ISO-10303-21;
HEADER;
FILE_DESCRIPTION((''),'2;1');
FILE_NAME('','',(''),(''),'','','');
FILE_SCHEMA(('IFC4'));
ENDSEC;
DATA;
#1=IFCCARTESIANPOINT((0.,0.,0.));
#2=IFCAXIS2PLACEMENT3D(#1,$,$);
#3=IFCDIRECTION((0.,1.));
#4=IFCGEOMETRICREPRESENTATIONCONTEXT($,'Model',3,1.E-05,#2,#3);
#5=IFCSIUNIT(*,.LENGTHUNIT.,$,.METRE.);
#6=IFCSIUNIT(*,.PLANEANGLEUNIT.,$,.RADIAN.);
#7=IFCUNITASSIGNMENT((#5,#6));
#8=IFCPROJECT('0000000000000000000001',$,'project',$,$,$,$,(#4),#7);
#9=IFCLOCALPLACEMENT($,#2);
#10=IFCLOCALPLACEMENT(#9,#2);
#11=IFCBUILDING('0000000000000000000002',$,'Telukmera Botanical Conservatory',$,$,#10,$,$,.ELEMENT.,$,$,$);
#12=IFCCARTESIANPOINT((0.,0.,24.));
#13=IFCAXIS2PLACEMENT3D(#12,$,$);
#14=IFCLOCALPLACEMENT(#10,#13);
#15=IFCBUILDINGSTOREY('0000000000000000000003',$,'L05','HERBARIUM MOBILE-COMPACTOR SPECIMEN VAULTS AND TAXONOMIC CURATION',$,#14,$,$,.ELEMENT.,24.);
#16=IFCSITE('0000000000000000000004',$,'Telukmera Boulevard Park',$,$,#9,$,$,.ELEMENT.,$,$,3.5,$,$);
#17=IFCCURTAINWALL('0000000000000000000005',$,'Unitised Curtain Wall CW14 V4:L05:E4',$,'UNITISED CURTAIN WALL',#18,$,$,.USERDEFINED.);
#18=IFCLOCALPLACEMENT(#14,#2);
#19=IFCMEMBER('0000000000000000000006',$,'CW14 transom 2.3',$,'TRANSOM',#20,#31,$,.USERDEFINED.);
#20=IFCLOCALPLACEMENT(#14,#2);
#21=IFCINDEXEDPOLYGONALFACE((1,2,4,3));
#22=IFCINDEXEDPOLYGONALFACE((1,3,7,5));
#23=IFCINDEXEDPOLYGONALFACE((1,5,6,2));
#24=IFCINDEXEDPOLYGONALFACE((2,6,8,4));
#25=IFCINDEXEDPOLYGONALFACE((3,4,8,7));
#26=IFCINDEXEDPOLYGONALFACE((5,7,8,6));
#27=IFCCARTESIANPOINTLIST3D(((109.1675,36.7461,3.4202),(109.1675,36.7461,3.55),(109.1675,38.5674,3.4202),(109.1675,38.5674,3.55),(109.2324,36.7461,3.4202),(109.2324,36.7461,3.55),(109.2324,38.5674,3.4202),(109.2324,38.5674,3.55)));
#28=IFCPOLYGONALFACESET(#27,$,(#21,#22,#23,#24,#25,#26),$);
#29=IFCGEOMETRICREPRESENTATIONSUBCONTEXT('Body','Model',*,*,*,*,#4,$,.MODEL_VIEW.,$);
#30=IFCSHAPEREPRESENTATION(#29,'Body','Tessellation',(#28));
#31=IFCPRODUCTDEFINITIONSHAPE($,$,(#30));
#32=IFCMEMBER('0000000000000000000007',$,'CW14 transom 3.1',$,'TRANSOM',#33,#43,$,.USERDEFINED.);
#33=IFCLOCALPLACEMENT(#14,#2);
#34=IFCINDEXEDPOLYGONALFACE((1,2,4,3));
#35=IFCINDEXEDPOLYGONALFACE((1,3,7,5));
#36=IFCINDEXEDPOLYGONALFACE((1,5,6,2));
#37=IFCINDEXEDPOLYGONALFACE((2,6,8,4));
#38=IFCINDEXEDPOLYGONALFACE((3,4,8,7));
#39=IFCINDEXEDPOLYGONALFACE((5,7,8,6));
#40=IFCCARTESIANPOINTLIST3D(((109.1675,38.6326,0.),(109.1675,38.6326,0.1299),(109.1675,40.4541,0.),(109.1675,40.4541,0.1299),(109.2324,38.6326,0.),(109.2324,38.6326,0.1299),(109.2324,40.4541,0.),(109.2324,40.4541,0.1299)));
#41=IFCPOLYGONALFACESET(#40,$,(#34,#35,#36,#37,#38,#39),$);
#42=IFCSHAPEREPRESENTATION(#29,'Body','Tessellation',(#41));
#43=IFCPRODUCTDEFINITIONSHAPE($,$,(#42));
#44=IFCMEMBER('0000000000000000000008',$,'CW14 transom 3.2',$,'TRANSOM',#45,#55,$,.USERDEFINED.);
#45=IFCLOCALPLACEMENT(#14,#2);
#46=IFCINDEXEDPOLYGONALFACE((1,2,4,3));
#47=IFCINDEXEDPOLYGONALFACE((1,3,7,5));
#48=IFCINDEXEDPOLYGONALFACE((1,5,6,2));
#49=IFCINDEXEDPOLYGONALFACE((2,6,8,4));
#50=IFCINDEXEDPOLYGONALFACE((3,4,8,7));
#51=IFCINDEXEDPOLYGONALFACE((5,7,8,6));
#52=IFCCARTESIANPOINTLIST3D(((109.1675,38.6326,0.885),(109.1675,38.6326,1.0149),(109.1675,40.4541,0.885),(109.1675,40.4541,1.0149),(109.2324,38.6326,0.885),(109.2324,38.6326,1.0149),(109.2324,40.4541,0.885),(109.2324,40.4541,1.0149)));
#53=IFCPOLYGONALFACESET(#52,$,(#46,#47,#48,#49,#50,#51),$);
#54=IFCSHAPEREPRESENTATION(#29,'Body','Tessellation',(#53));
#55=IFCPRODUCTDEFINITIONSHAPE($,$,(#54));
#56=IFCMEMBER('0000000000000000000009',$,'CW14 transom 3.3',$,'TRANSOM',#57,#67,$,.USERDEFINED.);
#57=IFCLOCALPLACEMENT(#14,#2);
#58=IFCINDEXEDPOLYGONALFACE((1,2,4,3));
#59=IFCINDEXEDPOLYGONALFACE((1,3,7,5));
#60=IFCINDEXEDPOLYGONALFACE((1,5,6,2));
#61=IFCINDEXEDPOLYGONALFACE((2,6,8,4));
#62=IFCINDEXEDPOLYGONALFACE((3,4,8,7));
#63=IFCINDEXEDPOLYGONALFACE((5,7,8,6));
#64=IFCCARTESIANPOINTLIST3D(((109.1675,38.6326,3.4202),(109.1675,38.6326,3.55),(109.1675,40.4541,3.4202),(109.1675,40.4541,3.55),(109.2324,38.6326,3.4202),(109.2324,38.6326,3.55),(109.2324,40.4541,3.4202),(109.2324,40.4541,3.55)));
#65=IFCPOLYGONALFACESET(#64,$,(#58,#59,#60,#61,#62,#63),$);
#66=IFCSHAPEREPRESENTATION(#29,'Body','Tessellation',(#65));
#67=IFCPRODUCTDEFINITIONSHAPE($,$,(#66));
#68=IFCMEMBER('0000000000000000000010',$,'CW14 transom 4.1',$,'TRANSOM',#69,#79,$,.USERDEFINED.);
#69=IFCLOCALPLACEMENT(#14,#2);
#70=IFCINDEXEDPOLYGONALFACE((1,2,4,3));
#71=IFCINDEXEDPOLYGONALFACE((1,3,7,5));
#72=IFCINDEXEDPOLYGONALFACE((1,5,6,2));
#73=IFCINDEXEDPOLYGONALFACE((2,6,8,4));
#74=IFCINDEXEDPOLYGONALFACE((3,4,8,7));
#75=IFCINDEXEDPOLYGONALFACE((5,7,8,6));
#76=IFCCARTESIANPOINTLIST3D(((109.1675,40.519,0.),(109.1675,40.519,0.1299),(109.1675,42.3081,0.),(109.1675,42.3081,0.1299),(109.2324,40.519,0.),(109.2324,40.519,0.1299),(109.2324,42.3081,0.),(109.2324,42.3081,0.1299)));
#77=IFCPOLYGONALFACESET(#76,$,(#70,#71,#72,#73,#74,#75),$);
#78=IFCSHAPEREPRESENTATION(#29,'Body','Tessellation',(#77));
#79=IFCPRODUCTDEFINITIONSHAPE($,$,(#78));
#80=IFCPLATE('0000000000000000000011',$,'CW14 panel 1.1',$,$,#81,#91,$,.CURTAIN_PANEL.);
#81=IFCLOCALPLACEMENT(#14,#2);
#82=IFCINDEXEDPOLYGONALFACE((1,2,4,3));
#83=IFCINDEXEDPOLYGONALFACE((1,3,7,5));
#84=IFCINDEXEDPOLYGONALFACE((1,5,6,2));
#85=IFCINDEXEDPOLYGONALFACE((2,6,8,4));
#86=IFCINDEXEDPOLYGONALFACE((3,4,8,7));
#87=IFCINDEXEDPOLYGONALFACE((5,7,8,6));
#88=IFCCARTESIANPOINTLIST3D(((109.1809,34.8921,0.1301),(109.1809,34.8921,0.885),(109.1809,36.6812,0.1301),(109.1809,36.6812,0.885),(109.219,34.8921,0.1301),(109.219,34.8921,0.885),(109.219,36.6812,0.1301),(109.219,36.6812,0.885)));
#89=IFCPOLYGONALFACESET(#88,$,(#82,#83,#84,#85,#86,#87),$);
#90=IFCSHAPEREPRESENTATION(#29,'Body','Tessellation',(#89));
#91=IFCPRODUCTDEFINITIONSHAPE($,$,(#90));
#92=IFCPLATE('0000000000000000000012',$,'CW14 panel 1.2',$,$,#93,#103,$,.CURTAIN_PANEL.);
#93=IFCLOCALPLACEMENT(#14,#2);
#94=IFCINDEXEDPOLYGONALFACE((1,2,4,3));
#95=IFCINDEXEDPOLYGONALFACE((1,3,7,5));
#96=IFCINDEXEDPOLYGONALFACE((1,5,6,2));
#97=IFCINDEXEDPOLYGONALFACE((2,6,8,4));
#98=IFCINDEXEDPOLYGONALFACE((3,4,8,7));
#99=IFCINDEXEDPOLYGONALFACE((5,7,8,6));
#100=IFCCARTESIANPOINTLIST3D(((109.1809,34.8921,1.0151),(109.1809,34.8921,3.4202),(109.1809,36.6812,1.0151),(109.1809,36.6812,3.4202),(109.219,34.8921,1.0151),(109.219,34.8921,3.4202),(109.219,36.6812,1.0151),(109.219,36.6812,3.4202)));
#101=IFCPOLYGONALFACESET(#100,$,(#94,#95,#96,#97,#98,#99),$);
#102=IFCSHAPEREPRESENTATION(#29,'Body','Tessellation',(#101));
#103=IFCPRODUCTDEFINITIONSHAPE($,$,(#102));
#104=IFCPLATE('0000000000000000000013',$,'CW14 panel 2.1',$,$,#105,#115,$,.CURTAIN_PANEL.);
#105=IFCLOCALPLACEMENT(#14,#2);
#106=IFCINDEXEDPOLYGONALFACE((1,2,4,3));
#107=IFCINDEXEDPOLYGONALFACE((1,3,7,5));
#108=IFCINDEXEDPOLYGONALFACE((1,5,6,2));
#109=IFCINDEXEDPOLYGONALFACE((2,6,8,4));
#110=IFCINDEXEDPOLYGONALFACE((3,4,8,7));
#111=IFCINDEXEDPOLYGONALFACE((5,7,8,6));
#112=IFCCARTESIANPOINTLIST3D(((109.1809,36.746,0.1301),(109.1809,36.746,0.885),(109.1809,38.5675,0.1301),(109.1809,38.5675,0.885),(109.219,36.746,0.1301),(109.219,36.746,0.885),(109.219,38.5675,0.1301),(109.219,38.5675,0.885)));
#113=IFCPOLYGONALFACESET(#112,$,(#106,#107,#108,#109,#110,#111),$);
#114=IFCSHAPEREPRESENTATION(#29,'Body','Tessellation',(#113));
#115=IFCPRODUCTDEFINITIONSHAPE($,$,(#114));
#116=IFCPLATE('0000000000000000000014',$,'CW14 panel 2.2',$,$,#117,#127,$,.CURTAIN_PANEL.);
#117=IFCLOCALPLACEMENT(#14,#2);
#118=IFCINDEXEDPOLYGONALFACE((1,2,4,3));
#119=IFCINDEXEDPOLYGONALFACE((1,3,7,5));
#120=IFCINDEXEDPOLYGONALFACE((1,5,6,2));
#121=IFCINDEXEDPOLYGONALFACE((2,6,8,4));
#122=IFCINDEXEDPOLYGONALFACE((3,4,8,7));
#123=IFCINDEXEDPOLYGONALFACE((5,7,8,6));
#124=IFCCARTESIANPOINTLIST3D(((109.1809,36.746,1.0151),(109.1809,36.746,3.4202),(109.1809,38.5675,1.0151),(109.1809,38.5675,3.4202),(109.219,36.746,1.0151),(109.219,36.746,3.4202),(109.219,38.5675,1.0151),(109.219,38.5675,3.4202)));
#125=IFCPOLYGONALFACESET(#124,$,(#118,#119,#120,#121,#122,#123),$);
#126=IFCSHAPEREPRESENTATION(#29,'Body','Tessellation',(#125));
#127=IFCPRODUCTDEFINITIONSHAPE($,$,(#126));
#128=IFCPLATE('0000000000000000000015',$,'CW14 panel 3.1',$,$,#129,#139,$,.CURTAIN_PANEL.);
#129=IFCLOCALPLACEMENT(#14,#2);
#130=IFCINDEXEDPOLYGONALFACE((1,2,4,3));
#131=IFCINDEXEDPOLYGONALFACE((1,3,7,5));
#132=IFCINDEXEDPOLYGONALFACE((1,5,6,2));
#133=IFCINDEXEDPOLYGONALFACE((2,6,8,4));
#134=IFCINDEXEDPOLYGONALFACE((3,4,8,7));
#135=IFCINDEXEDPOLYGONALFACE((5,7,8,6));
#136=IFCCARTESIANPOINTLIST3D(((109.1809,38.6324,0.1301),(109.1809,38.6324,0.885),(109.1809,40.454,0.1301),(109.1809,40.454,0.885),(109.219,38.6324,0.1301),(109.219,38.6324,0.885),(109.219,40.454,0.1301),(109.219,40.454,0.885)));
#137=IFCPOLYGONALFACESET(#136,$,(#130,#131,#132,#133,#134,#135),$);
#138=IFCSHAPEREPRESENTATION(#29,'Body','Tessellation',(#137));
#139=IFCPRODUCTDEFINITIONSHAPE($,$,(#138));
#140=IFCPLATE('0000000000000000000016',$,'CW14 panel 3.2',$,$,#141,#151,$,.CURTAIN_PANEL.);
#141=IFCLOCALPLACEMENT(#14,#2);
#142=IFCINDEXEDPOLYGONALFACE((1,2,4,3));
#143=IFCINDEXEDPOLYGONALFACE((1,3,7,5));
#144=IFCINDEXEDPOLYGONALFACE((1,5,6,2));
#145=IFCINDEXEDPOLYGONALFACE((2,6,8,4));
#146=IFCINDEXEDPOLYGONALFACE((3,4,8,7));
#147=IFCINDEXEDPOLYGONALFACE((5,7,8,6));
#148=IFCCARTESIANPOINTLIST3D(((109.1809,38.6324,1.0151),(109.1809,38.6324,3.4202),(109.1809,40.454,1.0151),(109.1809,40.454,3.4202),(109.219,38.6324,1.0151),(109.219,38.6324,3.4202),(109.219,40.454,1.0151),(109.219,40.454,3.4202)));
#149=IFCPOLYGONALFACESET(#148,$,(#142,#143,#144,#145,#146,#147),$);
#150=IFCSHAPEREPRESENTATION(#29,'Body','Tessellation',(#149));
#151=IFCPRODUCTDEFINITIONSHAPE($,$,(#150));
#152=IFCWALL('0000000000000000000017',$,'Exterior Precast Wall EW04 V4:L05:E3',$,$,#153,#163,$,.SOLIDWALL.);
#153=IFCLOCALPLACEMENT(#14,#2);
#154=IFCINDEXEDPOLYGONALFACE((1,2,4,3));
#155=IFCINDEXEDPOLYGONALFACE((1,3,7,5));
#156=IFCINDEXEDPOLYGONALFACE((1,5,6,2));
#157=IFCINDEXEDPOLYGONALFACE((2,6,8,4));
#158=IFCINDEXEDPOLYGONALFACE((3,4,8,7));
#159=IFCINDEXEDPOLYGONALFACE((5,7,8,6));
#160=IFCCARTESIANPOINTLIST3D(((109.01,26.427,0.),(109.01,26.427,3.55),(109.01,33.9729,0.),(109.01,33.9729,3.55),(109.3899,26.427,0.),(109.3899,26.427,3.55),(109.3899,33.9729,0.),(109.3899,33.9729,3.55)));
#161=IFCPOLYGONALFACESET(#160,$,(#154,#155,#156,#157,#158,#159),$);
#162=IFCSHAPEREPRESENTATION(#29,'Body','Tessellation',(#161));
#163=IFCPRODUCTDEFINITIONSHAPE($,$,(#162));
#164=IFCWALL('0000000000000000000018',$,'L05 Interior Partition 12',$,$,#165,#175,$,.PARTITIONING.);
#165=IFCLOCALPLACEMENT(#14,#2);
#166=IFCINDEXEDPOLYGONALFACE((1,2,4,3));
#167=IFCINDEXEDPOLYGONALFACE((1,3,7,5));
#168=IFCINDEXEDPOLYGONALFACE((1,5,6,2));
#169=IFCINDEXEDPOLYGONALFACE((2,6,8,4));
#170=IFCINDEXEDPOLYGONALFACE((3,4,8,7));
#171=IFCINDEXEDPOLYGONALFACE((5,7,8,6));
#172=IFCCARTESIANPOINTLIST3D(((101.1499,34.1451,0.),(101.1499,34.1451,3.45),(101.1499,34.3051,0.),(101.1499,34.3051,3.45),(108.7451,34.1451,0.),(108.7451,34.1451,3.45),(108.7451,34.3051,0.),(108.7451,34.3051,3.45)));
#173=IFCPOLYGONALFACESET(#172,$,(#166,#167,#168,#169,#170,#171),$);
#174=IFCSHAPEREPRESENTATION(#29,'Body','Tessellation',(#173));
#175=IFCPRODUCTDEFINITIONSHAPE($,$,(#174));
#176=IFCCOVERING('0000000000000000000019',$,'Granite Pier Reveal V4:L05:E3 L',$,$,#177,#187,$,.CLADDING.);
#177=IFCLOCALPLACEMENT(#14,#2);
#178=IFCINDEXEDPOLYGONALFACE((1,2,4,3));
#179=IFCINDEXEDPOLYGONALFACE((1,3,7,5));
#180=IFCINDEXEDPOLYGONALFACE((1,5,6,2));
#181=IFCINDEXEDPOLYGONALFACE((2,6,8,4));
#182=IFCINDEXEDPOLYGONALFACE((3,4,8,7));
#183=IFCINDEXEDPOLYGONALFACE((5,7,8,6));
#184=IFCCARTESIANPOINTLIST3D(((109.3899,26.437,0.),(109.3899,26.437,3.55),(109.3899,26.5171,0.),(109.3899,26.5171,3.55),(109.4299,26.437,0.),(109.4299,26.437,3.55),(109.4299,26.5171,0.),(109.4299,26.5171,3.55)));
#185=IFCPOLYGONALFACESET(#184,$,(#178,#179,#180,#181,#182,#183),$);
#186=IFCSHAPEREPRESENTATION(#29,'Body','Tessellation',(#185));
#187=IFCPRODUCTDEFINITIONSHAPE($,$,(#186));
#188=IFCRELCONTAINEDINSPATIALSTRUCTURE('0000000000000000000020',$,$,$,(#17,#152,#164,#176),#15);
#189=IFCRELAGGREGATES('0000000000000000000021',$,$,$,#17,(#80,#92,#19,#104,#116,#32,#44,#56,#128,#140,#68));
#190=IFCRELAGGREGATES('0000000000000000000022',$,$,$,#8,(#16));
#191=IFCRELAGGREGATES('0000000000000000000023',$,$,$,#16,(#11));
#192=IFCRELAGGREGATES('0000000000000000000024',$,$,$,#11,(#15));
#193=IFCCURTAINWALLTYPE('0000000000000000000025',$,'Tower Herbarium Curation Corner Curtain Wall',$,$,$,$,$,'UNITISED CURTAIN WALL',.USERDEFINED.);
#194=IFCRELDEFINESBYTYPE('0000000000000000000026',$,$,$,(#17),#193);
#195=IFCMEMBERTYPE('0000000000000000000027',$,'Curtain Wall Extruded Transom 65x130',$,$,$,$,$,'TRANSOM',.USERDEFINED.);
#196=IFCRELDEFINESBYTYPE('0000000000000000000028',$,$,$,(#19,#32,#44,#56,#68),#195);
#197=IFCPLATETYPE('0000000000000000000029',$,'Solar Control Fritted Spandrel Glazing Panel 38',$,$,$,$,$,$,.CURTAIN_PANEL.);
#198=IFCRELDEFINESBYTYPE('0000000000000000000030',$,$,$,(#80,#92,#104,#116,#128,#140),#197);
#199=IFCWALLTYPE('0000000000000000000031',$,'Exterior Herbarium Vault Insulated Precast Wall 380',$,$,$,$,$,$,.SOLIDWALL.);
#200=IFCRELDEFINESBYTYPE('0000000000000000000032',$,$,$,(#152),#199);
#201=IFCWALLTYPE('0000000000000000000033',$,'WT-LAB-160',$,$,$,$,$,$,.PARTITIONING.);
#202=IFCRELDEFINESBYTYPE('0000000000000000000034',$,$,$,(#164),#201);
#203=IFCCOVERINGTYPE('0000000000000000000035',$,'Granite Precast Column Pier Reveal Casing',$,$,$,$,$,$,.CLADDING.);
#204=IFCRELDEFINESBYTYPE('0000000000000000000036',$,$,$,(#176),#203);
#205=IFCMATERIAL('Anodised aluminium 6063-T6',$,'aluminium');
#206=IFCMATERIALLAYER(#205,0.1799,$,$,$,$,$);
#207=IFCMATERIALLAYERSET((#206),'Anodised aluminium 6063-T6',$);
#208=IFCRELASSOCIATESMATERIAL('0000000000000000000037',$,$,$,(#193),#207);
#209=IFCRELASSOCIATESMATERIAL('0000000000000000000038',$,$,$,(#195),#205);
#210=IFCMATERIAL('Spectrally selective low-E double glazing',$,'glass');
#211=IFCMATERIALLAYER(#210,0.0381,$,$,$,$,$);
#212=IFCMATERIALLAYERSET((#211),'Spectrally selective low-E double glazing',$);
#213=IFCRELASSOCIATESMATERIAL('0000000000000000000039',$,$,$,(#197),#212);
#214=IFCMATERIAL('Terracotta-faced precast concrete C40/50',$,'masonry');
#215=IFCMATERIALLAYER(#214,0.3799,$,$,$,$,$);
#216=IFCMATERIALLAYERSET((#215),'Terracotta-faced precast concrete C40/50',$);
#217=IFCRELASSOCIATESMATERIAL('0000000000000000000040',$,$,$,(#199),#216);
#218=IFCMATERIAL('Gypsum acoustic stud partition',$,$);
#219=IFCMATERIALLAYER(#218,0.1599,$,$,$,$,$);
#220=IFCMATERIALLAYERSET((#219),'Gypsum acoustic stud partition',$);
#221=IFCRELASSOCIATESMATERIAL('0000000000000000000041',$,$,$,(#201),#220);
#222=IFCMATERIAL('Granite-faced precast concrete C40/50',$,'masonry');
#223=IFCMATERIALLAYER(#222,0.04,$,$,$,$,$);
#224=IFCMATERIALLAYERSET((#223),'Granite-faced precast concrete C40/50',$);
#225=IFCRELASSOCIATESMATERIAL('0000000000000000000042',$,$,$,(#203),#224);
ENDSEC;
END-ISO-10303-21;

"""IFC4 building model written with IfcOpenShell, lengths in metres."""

from ifc_helpers import new_model, si_unit, direction, frame, frame_2d, origin, origin_2d, place, context, subcontext, project, spatial, rectangle, extrude, material, layer, layer_set, material_profile, profile_set, type_object, element, aggregate, save


model = new_model("IFC4")

# Units and contexts
model_context = context("Model", 3, precision=1e-05, world=origin(), true_north=direction((0.0, 1.0)))
body_context = subcontext(model_context, "Body", "Model", "MODEL_VIEW")
ifc_project = project(units=[si_unit("LENGTHUNIT", "METRE"), si_unit("PLANEANGLEUNIT", "RADIAN")], contexts=[model_context])

# Site, building, storey
site_placement = place(None, origin())
site = spatial("IfcSite", under=ifc_project, at=site_placement, Name="Telukmera Boulevard Park", CompositionType="ELEMENT", RefElevation=3.5)
building_placement = place(site_placement, origin())
building = spatial("IfcBuilding", under=site, at=building_placement, Name="Telukmera Botanical Conservatory", CompositionType="ELEMENT")
storey_placement = place(building_placement, frame((0.0, 0.0, 24.0)))
storey = spatial("IfcBuildingStorey", under=building, at=storey_placement, Name="L05", Description="HERBARIUM MOBILE-COMPACTOR SPECIMEN VAULTS AND TAXONOMIC CURATION", CompositionType="ELEMENT", Elevation=24.0)

# Curtain wall, members, plates
ifc_material_1 = material(Name="Anodised aluminium 6063-T6", Category="aluminium")
ifc_layer_1 = layer(ifc_material_1, 0.1799)
ifc_layer_set_1 = layer_set([ifc_layer_1], Name="Anodised aluminium 6063-T6")
curtain_wall_type = type_object("IfcCurtainWallType", Name="Tower Herbarium Curation Corner Curtain Wall", ElementType="UNITISED CURTAIN WALL", PredefinedType="USERDEFINED", material=ifc_layer_set_1)
curtain_wall_placement = place(storey_placement, origin())
curtain_wall = element("IfcCurtainWall", 1, at=curtain_wall_placement, inside=storey, type_object=curtain_wall_type, Name="Unitised Curtain Wall CW14 V4:L05:E4", ObjectType="UNITISED CURTAIN WALL", PredefinedType="USERDEFINED")
ifc_material_profile_1 = material_profile(ifc_material_1, rectangle(XDim=0.0649, YDim=0.1299, at=origin_2d()), Name="ALU TRAN 65x130")
ifc_profile_set_1 = profile_set([ifc_material_profile_1], Name="Anodised aluminium 6063-T6")
member_type_1 = type_object("IfcMemberType", Name="Curtain Wall Extruded Transom 65x130", ElementType="TRANSOM", PredefinedType="USERDEFINED", material=ifc_profile_set_1)
member_1_placement = place(storey_placement, frame((109.2, 36.7461, 3.4851), z_axis=(0.0, 1.0, 0.0), x_axis=(-1.0, 0.0, 0.0)))
member_1 = element("IfcMember", 2, at=member_1_placement, type_object=member_type_1, Name="CW14 transom 2.3", ObjectType="TRANSOM", PredefinedType="USERDEFINED", context=body_context, shape_type="SweptSolid", body=[
    extrude(rectangle(XDim=0.0649, YDim=0.1299, at=origin_2d()), origin(), (0.0, 0.0, 1.0), 1.8213),
])
member_2_placement = place(storey_placement, frame((109.2, 38.6326, 0.0649), z_axis=(0.0, 1.0, 0.0), x_axis=(-1.0, 0.0, 0.0)))
member_2 = element("IfcMember", 3, at=member_2_placement, type_object=member_type_1, Name="CW14 transom 3.1", ObjectType="TRANSOM", PredefinedType="USERDEFINED", context=body_context, shape_type="SweptSolid", body=[
    extrude(rectangle(XDim=0.0649, YDim=0.1299, at=origin_2d()), origin(), (0.0, 0.0, 1.0), 1.8215),
])
member_3_placement = place(storey_placement, frame((109.2, 38.6326, 0.95), z_axis=(0.0, 1.0, 0.0), x_axis=(-1.0, 0.0, 0.0)))
member_3 = element("IfcMember", 4, at=member_3_placement, type_object=member_type_1, Name="CW14 transom 3.2", ObjectType="TRANSOM", PredefinedType="USERDEFINED", context=body_context, shape_type="SweptSolid", body=[
    extrude(rectangle(XDim=0.0649, YDim=0.1299, at=origin_2d()), origin(), (0.0, 0.0, 1.0), 1.8215),
])
member_4_placement = place(storey_placement, frame((109.2, 38.6326, 3.4851), z_axis=(0.0, 1.0, 0.0), x_axis=(-1.0, 0.0, 0.0)))
member_4 = element("IfcMember", 5, at=member_4_placement, type_object=member_type_1, Name="CW14 transom 3.3", ObjectType="TRANSOM", PredefinedType="USERDEFINED", context=body_context, shape_type="SweptSolid", body=[
    extrude(rectangle(XDim=0.0649, YDim=0.1299, at=origin_2d()), origin(), (0.0, 0.0, 1.0), 1.8215),
])
member_5_placement = place(storey_placement, frame((109.2, 40.519, 0.0649), z_axis=(0.0, 1.0, 0.0), x_axis=(-1.0, 0.0, 0.0)))
member_5 = element("IfcMember", 6, at=member_5_placement, type_object=member_type_1, Name="CW14 transom 4.1", ObjectType="TRANSOM", PredefinedType="USERDEFINED", context=body_context, shape_type="SweptSolid", body=[
    extrude(rectangle(XDim=0.0649, YDim=0.1299, at=origin_2d()), origin(), (0.0, 0.0, 1.0), 1.7891),
])
ifc_material_2 = material(Name="Spectrally selective low-E double glazing", Category="glass")
ifc_layer_2 = layer(ifc_material_2, 0.0381)
ifc_layer_set_2 = layer_set([ifc_layer_2], Name="Spectrally selective low-E double glazing")
plate_type = type_object("IfcPlateType", Name="Solar Control Fritted Spandrel Glazing Panel 38", PredefinedType="CURTAIN_PANEL", material=ifc_layer_set_2)
plate_1_placement = place(storey_placement, frame((109.2, 35.7866, 0.1301), z_axis=(0.0, 0.0, 1.0), x_axis=(0.0, 1.0, 0.0)))
plate_1 = element("IfcPlate", 7, at=plate_1_placement, type_object=plate_type, Name="CW14 panel 1.1", PredefinedType="CURTAIN_PANEL", context=body_context, shape_type="SweptSolid", body=[
    extrude(rectangle(XDim=1.7891, YDim=0.0381, at=origin_2d()), origin(), (0.0, 0.0, 1.0), 0.7549),
])
plate_2_placement = place(storey_placement, frame((109.2, 35.7866, 1.0151), z_axis=(0.0, 0.0, 1.0), x_axis=(0.0, 1.0, 0.0)))
plate_2 = element("IfcPlate", 8, at=plate_2_placement, type_object=plate_type, Name="CW14 panel 1.2", PredefinedType="CURTAIN_PANEL", context=body_context, shape_type="SweptSolid", body=[
    extrude(rectangle(XDim=1.7891, YDim=0.0381, at=origin_2d()), origin(), (0.0, 0.0, 1.0), 2.405),
])
plate_3_placement = place(storey_placement, frame((109.2, 37.6567, 0.1301), z_axis=(0.0, 0.0, 1.0), x_axis=(0.0, 1.0, 0.0)))
plate_3 = element("IfcPlate", 9, at=plate_3_placement, type_object=plate_type, Name="CW14 panel 2.1", PredefinedType="CURTAIN_PANEL", context=body_context, shape_type="SweptSolid", body=[
    extrude(rectangle(XDim=1.8215, YDim=0.0381, at=origin_2d()), origin(), (0.0, 0.0, 1.0), 0.7549),
])
plate_4_placement = place(storey_placement, frame((109.2, 37.6567, 1.0151), z_axis=(0.0, 0.0, 1.0), x_axis=(0.0, 1.0, 0.0)))
plate_4 = element("IfcPlate", 10, at=plate_4_placement, type_object=plate_type, Name="CW14 panel 2.2", PredefinedType="CURTAIN_PANEL", context=body_context, shape_type="SweptSolid", body=[
    extrude(rectangle(XDim=1.8215, YDim=0.0381, at=origin_2d()), origin(), (0.0, 0.0, 1.0), 2.405),
])
plate_5_placement = place(storey_placement, frame((109.2, 39.5432, 0.1301), z_axis=(0.0, 0.0, 1.0), x_axis=(0.0, 1.0, 0.0)))
plate_5 = element("IfcPlate", 11, at=plate_5_placement, type_object=plate_type, Name="CW14 panel 3.1", PredefinedType="CURTAIN_PANEL", context=body_context, shape_type="SweptSolid", body=[
    extrude(rectangle(XDim=1.8215, YDim=0.0381, at=origin_2d()), origin(), (0.0, 0.0, 1.0), 0.7549),
])
plate_6_placement = place(storey_placement, frame((109.2, 39.5432, 1.0151), z_axis=(0.0, 0.0, 1.0), x_axis=(0.0, 1.0, 0.0)))
plate_6 = element("IfcPlate", 12, at=plate_6_placement, type_object=plate_type, Name="CW14 panel 3.2", PredefinedType="CURTAIN_PANEL", context=body_context, shape_type="SweptSolid", body=[
    extrude(rectangle(XDim=1.8215, YDim=0.0381, at=origin_2d()), origin(), (0.0, 0.0, 1.0), 2.405),
])
aggregate(curtain_wall, [plate_1, plate_2, member_1, plate_3, plate_4, member_2, member_3, member_4, plate_5, plate_6, member_5])

# Walls
ifc_material_3 = material(Name="Terracotta-faced precast concrete C40/50", Category="masonry")
ifc_layer_3 = layer(ifc_material_3, 0.3799)
ifc_layer_set_3 = layer_set([ifc_layer_3], Name="Terracotta-faced precast concrete C40/50")
wall_type_1 = type_object("IfcWallType", Name="Exterior Herbarium Vault Insulated Precast Wall 380", PredefinedType="SOLIDWALL", material=ifc_layer_set_3)
wall_1_placement = place(storey_placement, frame((109.2, 26.427, 0.0), z_axis=(0.0, 0.0, 1.0), x_axis=(0.0, 1.0, 0.0)))
element("IfcWall", 13, at=wall_1_placement, inside=storey, type_object=wall_type_1, Name="Exterior Precast Wall EW04 V4:L05:E3", PredefinedType="SOLIDWALL", context=body_context, shape_type="SweptSolid", body=[
    extrude(rectangle(XDim=7.5459, YDim=0.3799, at=frame_2d((3.7729, 0.0))), origin(), (0.0, 0.0, 1.0), 3.55),
])
ifc_material_4 = material(Name="Gypsum acoustic stud partition")
ifc_layer_4 = layer(ifc_material_4, 0.1599)
ifc_layer_set_4 = layer_set([ifc_layer_4], Name="Gypsum acoustic stud partition")
wall_type_2 = type_object("IfcWallType", Name="WT-LAB-160", PredefinedType="PARTITIONING", material=ifc_layer_set_4)
wall_2_placement = place(storey_placement, frame((101.1499, 34.2251, 0.0), z_axis=(0.0, 0.0, 1.0), x_axis=(1.0, 0.0, 0.0)))
element("IfcWall", 14, at=wall_2_placement, inside=storey, type_object=wall_type_2, Name="L05 Interior Partition 12", PredefinedType="PARTITIONING", context=body_context, shape_type="SweptSolid", body=[
    extrude(rectangle(XDim=7.5952, YDim=0.1599, at=frame_2d((3.7976, 0.0))), origin(), (0.0, 0.0, 1.0), 3.45),
])

# Covering
ifc_material_5 = material(Name="Granite-faced precast concrete C40/50", Category="masonry")
ifc_layer_5 = layer(ifc_material_5, 0.04)
ifc_layer_set_5 = layer_set([ifc_layer_5], Name="Granite-faced precast concrete C40/50")
covering_type_1 = type_object("IfcCoveringType", Name="Granite Precast Column Pier Reveal Casing", PredefinedType="CLADDING", material=ifc_layer_set_5)
for number, where, z_axis, x_axis, name in (
    (15, (109.4099, 26.4771, 0.0), (0.0, 0.0, 1.0), (0.0, 1.0, 0.0), "Granite Pier Reveal V4:L05:E3 L"),
):
    element("IfcCovering", number, at=place(storey_placement, frame(where, z_axis=z_axis, x_axis=x_axis)), inside=storey, type_object=covering_type_1, Name=name, PredefinedType="CLADDING", context=body_context, shape_type="SweptSolid", body=[
        extrude(rectangle(XDim=0.0801, YDim=0.04, at=origin_2d()), origin(), (0.0, 0.0, 1.0), 3.55),
    ])

save(model, "model.ifc")
